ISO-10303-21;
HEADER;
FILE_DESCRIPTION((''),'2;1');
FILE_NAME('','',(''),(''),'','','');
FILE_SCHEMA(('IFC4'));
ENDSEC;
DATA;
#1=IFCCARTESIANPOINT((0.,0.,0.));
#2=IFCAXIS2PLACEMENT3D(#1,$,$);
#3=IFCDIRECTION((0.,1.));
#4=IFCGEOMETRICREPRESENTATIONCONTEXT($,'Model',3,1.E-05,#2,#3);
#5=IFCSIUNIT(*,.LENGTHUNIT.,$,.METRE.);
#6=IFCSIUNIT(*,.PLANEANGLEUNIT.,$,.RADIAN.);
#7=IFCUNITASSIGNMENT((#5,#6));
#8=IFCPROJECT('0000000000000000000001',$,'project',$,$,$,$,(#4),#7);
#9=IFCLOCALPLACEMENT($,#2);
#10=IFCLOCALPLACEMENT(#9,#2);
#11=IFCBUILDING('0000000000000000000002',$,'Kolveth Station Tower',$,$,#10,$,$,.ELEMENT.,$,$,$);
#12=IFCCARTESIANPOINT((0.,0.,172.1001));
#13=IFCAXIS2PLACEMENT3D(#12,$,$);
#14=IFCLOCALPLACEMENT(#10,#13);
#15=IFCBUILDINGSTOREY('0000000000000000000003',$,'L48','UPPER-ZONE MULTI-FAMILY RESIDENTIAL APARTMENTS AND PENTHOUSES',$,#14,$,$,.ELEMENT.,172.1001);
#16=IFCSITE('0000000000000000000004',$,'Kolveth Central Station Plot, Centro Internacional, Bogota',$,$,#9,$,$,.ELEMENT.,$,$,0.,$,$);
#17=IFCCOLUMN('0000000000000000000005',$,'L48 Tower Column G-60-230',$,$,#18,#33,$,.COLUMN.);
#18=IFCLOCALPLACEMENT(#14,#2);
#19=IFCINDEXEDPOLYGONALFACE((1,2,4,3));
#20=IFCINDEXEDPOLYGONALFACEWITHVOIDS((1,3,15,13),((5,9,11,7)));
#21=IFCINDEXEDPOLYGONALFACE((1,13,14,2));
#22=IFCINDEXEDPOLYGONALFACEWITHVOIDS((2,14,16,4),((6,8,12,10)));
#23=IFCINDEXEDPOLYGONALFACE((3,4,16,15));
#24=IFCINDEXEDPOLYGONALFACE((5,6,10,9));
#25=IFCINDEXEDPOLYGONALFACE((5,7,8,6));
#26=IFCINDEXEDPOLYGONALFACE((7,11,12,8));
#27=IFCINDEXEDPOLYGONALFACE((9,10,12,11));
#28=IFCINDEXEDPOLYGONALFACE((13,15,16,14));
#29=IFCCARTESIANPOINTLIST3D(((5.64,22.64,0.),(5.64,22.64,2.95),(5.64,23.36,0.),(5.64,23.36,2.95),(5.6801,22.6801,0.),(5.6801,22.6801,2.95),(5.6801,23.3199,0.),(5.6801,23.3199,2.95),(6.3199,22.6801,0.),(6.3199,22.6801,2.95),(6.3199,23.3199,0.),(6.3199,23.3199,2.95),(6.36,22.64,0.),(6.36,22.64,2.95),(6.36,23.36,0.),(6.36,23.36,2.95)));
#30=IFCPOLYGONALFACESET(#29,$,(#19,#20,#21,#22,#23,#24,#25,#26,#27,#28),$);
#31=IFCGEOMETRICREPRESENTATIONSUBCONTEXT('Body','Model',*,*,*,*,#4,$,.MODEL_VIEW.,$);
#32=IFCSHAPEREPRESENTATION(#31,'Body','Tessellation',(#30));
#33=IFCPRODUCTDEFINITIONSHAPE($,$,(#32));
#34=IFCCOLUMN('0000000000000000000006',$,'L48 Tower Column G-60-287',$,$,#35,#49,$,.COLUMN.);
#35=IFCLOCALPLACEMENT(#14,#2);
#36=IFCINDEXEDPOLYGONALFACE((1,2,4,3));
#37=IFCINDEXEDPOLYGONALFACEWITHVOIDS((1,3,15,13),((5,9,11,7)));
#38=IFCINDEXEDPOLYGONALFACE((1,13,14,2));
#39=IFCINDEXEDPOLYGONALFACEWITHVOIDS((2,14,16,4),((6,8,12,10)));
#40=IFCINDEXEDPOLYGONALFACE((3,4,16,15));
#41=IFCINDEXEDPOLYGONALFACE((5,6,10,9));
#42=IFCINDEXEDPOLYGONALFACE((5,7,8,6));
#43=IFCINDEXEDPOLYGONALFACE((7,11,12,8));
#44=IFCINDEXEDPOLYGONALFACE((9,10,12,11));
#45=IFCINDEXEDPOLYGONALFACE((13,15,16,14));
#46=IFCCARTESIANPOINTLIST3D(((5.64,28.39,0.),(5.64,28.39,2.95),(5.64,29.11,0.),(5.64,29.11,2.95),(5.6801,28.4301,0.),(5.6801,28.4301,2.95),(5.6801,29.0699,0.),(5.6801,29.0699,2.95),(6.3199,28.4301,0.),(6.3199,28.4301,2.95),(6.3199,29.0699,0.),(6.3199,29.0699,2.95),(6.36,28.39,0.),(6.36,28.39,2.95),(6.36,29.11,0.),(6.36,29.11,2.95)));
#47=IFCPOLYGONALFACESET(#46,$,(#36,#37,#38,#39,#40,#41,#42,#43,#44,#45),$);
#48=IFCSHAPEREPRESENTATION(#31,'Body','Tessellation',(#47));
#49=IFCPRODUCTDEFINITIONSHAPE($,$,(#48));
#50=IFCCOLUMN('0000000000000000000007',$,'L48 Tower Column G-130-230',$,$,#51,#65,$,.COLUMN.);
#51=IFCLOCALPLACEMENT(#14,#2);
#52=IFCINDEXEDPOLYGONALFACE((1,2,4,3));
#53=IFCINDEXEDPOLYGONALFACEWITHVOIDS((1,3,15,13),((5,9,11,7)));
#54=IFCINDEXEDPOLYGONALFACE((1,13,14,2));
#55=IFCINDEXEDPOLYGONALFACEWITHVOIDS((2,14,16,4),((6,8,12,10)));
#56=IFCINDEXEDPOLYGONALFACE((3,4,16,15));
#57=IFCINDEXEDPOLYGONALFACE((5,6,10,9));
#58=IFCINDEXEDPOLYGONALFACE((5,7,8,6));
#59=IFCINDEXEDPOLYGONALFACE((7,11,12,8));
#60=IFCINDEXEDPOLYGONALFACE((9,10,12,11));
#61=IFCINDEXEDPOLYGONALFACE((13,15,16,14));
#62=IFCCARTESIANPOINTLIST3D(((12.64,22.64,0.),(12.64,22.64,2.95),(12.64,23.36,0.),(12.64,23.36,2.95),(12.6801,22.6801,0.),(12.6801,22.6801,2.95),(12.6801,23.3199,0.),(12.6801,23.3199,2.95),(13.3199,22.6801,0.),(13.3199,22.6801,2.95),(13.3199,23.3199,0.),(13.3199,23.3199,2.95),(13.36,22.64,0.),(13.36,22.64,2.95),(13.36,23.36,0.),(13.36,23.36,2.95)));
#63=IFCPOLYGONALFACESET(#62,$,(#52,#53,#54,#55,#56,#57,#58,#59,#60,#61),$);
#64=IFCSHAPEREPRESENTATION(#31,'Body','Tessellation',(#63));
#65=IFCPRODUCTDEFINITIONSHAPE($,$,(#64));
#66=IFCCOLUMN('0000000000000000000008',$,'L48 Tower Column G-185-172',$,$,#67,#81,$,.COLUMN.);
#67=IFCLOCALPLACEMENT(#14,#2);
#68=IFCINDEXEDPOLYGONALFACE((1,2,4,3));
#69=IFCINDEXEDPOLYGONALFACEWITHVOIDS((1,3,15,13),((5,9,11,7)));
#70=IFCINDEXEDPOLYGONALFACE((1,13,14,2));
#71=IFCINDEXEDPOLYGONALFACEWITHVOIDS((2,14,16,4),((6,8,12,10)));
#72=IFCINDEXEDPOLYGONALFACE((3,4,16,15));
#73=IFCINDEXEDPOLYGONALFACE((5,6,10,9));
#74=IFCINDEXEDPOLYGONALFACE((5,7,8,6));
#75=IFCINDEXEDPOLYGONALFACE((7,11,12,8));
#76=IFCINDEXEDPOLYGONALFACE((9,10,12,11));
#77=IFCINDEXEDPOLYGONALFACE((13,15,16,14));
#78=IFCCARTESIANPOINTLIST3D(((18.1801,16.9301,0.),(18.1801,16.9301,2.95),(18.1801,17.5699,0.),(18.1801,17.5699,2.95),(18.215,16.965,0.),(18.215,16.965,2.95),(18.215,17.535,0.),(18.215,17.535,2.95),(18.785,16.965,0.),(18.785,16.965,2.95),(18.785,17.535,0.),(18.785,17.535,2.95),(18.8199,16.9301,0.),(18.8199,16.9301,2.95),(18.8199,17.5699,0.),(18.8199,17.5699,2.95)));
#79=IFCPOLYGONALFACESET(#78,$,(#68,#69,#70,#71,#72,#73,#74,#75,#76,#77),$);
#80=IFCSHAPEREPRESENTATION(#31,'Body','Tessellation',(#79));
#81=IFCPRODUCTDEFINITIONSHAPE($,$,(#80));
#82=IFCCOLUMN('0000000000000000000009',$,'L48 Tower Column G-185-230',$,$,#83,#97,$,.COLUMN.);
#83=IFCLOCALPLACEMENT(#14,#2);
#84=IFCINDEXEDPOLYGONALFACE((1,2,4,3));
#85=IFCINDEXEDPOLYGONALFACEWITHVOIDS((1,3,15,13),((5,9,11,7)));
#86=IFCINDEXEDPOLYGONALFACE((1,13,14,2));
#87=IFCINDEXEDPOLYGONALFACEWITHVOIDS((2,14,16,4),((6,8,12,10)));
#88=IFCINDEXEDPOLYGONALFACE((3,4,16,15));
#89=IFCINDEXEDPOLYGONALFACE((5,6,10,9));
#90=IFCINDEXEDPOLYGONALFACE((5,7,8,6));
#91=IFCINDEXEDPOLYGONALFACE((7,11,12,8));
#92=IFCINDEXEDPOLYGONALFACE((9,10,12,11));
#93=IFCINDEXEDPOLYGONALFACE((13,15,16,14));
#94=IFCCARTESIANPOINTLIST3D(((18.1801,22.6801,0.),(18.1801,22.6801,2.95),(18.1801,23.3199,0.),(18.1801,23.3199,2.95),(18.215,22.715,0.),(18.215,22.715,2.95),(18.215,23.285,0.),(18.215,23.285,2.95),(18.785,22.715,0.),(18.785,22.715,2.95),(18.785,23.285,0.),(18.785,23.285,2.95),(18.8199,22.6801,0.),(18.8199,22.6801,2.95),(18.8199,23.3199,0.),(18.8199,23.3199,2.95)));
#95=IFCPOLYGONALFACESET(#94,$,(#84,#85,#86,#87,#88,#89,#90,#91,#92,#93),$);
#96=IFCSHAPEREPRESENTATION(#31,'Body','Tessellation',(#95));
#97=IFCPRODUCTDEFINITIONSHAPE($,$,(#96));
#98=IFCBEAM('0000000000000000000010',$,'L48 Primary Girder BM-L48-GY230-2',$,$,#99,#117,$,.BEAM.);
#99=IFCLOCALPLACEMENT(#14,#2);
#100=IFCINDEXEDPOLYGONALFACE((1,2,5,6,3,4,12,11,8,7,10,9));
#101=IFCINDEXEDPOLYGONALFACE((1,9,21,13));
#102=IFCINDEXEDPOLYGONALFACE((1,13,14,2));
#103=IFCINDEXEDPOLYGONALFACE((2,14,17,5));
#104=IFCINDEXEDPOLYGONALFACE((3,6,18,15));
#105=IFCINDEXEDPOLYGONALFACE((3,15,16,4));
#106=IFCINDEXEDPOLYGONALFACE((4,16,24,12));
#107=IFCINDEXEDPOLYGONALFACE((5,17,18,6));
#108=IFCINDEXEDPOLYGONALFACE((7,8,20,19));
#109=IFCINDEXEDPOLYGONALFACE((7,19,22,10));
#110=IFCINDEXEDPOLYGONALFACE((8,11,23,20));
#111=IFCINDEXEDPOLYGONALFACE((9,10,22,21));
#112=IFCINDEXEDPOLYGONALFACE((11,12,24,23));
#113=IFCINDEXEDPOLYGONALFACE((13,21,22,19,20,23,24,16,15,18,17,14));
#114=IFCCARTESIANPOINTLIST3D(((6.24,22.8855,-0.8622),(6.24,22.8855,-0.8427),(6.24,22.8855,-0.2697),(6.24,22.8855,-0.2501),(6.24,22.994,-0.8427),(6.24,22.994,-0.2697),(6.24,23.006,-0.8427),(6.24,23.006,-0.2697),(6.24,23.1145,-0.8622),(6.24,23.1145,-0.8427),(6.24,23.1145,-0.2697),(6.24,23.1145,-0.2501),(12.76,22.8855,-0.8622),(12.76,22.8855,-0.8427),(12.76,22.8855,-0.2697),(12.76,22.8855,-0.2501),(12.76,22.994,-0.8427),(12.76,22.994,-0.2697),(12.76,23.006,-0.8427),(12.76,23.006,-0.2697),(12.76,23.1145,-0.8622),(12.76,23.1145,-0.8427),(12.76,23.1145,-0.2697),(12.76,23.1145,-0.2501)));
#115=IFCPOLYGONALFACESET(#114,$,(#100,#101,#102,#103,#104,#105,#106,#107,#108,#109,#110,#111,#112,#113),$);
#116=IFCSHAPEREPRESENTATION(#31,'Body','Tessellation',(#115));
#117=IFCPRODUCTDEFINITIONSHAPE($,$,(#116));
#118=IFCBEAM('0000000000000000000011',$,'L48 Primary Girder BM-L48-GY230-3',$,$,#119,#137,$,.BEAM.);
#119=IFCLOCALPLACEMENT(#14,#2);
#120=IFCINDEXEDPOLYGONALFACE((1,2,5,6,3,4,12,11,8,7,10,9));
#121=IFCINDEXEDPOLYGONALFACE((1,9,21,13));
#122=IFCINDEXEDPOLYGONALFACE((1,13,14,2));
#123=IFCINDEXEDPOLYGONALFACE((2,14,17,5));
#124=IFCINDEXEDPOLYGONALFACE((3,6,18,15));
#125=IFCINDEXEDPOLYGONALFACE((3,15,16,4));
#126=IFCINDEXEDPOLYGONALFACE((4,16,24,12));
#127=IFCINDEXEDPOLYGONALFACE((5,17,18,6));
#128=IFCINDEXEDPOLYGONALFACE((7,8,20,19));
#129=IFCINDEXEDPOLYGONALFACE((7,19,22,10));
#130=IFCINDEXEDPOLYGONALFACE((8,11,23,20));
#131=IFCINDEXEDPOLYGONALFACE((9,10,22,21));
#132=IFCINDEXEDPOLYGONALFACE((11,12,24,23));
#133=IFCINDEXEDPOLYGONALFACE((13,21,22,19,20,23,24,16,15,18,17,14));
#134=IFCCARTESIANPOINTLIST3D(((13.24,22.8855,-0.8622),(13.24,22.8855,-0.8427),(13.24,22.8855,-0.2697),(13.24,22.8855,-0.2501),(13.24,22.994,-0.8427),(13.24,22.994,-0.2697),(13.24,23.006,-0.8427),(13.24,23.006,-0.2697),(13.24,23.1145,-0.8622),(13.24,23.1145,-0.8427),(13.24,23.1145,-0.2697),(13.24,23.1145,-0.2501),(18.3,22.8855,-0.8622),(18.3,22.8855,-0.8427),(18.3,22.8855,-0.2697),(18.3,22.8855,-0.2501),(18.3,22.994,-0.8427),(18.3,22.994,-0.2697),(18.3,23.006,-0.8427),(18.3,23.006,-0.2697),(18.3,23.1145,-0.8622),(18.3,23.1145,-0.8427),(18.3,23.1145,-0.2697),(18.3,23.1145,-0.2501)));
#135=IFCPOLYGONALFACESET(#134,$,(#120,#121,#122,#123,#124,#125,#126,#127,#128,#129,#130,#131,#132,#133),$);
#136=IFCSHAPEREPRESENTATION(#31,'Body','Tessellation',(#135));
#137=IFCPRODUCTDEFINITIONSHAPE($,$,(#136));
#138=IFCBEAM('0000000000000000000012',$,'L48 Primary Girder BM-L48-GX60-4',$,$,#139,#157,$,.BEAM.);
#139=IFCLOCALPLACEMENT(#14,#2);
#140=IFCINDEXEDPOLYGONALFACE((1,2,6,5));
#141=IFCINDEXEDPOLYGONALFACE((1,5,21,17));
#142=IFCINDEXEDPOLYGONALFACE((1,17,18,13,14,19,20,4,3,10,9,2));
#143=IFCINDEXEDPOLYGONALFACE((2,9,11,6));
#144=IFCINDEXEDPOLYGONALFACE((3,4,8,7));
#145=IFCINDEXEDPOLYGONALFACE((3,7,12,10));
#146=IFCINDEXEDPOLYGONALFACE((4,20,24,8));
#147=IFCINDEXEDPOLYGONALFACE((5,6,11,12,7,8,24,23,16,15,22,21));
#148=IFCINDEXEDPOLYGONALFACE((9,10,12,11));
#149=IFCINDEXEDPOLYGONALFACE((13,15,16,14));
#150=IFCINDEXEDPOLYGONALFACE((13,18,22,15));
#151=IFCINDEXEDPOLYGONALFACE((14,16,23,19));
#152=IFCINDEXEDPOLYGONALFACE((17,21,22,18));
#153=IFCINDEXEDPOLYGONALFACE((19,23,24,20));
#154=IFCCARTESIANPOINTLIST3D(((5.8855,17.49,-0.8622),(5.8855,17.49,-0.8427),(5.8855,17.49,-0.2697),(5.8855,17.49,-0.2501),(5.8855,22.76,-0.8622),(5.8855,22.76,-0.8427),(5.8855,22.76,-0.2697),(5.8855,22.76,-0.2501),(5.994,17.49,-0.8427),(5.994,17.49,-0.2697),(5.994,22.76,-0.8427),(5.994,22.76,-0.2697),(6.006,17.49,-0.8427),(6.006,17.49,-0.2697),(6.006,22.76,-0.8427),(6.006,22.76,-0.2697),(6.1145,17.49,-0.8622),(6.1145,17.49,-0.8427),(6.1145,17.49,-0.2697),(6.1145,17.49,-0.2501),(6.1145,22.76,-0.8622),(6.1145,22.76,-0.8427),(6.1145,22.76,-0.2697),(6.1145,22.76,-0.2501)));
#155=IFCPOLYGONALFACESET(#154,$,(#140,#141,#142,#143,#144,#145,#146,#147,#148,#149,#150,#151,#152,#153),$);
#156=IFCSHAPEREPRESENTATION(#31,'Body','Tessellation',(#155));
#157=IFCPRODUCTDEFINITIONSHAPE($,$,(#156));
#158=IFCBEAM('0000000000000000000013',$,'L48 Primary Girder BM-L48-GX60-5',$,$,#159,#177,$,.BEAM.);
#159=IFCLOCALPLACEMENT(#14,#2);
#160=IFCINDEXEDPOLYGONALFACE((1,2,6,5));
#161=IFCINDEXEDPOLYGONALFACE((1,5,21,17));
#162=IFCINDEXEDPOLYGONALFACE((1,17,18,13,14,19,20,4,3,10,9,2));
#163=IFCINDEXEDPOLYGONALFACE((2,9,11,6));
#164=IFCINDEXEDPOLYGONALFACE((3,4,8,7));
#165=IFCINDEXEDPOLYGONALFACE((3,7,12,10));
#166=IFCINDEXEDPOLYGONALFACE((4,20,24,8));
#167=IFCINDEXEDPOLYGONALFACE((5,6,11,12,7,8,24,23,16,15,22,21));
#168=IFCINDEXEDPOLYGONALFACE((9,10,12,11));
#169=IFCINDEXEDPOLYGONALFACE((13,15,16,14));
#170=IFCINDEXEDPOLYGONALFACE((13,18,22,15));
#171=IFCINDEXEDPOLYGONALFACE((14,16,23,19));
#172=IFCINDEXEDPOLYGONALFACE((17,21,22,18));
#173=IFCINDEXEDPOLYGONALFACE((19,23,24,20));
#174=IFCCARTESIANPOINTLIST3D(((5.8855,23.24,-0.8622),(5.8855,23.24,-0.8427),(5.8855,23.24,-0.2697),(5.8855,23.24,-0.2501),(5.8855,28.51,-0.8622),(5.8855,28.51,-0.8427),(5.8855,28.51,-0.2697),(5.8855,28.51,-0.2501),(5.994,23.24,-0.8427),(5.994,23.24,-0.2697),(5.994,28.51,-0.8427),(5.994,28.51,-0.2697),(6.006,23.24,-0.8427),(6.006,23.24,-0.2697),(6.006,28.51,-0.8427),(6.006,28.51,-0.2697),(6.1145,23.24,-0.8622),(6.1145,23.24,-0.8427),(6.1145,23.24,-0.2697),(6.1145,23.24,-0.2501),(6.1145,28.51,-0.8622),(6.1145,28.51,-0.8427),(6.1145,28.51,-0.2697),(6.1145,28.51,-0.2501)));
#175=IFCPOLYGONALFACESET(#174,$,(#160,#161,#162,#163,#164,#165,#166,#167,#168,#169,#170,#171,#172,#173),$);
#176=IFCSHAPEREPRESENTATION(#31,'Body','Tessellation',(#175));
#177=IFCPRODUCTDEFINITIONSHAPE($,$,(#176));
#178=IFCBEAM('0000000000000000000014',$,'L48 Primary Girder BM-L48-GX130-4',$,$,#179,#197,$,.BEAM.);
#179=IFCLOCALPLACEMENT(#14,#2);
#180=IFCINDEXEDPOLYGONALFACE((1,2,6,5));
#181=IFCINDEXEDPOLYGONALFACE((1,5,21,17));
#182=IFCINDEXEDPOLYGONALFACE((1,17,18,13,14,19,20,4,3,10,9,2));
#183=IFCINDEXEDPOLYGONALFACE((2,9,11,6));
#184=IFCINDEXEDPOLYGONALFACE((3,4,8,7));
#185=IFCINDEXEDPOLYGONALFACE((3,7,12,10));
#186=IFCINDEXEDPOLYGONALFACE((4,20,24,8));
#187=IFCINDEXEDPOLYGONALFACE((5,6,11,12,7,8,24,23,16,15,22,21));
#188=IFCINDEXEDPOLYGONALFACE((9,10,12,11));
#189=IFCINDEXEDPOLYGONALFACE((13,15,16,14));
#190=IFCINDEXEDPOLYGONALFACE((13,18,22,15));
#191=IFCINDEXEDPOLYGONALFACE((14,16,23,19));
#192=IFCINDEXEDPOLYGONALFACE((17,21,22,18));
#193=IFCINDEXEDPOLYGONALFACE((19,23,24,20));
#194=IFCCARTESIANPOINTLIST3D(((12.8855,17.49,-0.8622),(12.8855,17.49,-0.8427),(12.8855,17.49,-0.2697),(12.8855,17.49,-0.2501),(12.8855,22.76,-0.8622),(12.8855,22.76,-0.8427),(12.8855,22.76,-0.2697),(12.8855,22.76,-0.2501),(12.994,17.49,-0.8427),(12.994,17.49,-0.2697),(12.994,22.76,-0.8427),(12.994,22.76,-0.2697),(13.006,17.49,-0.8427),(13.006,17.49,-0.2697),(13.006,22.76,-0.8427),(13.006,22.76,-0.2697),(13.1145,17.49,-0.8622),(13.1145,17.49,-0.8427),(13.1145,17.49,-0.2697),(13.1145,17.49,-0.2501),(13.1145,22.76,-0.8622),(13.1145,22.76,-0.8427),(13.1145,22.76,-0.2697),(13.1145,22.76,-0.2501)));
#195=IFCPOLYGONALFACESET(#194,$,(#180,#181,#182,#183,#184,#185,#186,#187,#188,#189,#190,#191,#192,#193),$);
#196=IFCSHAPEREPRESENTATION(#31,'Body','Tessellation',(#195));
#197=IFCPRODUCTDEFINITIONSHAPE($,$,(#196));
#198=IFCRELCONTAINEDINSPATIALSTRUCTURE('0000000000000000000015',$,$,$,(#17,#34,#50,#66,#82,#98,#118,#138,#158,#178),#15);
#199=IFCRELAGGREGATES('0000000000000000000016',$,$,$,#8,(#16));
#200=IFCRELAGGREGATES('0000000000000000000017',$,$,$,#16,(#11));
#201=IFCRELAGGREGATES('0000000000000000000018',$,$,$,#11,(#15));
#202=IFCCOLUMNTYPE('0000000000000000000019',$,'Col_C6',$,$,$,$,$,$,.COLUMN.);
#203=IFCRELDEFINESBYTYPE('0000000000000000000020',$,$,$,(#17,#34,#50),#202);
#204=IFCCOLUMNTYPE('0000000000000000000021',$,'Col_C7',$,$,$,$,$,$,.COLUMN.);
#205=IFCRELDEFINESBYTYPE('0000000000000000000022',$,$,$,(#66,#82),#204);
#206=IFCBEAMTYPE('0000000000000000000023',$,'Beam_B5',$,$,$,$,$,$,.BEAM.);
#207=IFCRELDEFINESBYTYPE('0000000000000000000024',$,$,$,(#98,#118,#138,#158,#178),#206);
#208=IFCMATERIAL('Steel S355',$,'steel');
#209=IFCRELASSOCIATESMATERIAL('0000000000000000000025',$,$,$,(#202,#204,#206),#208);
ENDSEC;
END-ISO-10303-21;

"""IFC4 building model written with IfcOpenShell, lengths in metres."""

from ifc_helpers import new_model, si_unit, direction, frame, origin, origin_2d, place, context, subcontext, project, spatial, hollow_rectangle, i_section, extrude, source, transform, mapped, material, material_profile, profile_set, type_object, element, save


model = new_model("IFC4")

# Units and contexts
model_context = context("Model", 3, precision=1e-05, world=origin(), true_north=direction((0.0, 1.0)))
body_context = subcontext(model_context, "Body", "Model", "MODEL_VIEW")
ifc_project = project(units=[si_unit("LENGTHUNIT", "METRE"), si_unit("PLANEANGLEUNIT", "RADIAN")], contexts=[model_context])

# Site, building, storey
site_placement = place(None, origin())
site = spatial("IfcSite", under=ifc_project, at=site_placement, Name="Kolveth Central Station Plot, Centro Internacional, Bogota", CompositionType="ELEMENT", RefElevation=0.0)
building_placement = place(site_placement, origin())
building = spatial("IfcBuilding", under=site, at=building_placement, Name="Kolveth Station Tower", CompositionType="ELEMENT")
storey_placement = place(building_placement, frame((0.0, 0.0, 172.1001)))
storey = spatial("IfcBuildingStorey", under=building, at=storey_placement, Name="L48", Description="UPPER-ZONE MULTI-FAMILY RESIDENTIAL APARTMENTS AND PENTHOUSES", CompositionType="ELEMENT", Elevation=172.1001)

# Columns
ifc_material_1 = material(Name="Steel S355", Category="steel")
ifc_material_profile_1 = material_profile(ifc_material_1, hollow_rectangle(XDim=0.72, YDim=0.72, WallThickness=0.04, at=origin_2d()), Name="BOX720x720x40")
ifc_profile_set_1 = profile_set([ifc_material_profile_1], Name="Steel S355")
column_type_1 = type_object("IfcColumnType", Name="Col_C6", PredefinedType="COLUMN", material=ifc_profile_set_1)
shared_shape_1 = source(origin(), body_context, "Body", "SweptSolid", [
    extrude(hollow_rectangle(XDim=0.72, YDim=0.72, WallThickness=0.04, at=origin_2d()), origin(), (0.0, 0.0, 1.0), 2.95),
])
for number, where, z_axis, x_axis, name in (
    (1, (6.0, 23.0, 0.0), (0.0, 0.0, 1.0), (1.0, 0.0, 0.0), "L48 Tower Column G-60-230"),
    (2, (6.0, 28.75, 0.0), (0.0, 0.0, 1.0), (1.0, 0.0, 0.0), "L48 Tower Column G-60-287"),
    (3, (13.0, 23.0, 0.0), (0.0, 0.0, 1.0), (1.0, 0.0, 0.0), "L48 Tower Column G-130-230"),
):
    element("IfcColumn", number, at=place(storey_placement, frame(where, z_axis=z_axis, x_axis=x_axis)), inside=storey, type_object=column_type_1, Name=name, PredefinedType="COLUMN", context=body_context, shape_type="MappedRepresentation", body=[
        mapped(shared_shape_1, transform((0.0, 0.0, 0.0), x_axis=(1.0, 0.0, 0.0), y_axis=(0.0, 1.0, 0.0), z_axis=(0.0, 0.0, 1.0), scale=1.0)),
    ])
ifc_material_profile_2 = material_profile(ifc_material_1, hollow_rectangle(XDim=0.6399, YDim=0.6399, WallThickness=0.0349, at=origin_2d()), Name="BOX640x640x35")
ifc_profile_set_2 = profile_set([ifc_material_profile_2], Name="Steel S355")
column_type_2 = type_object("IfcColumnType", Name="Col_C7", PredefinedType="COLUMN", material=ifc_profile_set_2)
shared_shape_2 = source(origin(), body_context, "Body", "SweptSolid", [
    extrude(hollow_rectangle(XDim=0.6399, YDim=0.6399, WallThickness=0.0349, at=origin_2d()), origin(), (0.0, 0.0, 1.0), 2.95),
])
for number, where, z_axis, x_axis, name in (
    (4, (18.5, 17.25, 0.0), (0.0, 0.0, 1.0), (1.0, 0.0, 0.0), "L48 Tower Column G-185-172"),
    (5, (18.5, 23.0, 0.0), (0.0, 0.0, 1.0), (1.0, 0.0, 0.0), "L48 Tower Column G-185-230"),
):
    element("IfcColumn", number, at=place(storey_placement, frame(where, z_axis=z_axis, x_axis=x_axis)), inside=storey, type_object=column_type_2, Name=name, PredefinedType="COLUMN", context=body_context, shape_type="MappedRepresentation", body=[
        mapped(shared_shape_2, transform((0.0, 0.0, 0.0), x_axis=(1.0, 0.0, 0.0), y_axis=(0.0, 1.0, 0.0), z_axis=(0.0, 0.0, 1.0), scale=1.0)),
    ])

# Beams
ifc_material_profile_3 = material_profile(ifc_material_1, i_section(OverallWidth=0.229, OverallDepth=0.6121, WebThickness=0.012, FlangeThickness=0.0195, at=origin_2d()), Name="W610x125")
ifc_profile_set_3 = profile_set([ifc_material_profile_3], Name="Steel S355")
beam_type_1 = type_object("IfcBeamType", Name="Beam_B5", PredefinedType="BEAM", material=ifc_profile_set_3)
shared_shape_3 = source(origin(), body_context, "Body", "SweptSolid", [
    extrude(i_section(OverallWidth=0.229, OverallDepth=0.6121, WebThickness=0.012, FlangeThickness=0.0195, at=origin_2d()), origin(), (0.0, 0.0, 1.0), 6.52),
])
beam_1_placement = place(storey_placement, frame((6.24, 23.0, -0.5562), z_axis=(1.0, 0.0, 0.0), x_axis=(0.0, 1.0, 0.0)))
element("IfcBeam", 6, at=beam_1_placement, inside=storey, type_object=beam_type_1, Name="L48 Primary Girder BM-L48-GY230-2", PredefinedType="BEAM", context=body_context, shape_type="MappedRepresentation", body=[
    mapped(shared_shape_3, transform((0.0, 0.0, 0.0), x_axis=(1.0, 0.0, 0.0), y_axis=(0.0, 1.0, 0.0), z_axis=(0.0, 0.0, 1.0), scale=1.0)),
])
shared_shape_4 = source(origin(), body_context, "Body", "SweptSolid", [
    extrude(i_section(OverallWidth=0.229, OverallDepth=0.6121, WebThickness=0.012, FlangeThickness=0.0195, at=origin_2d()), origin(), (0.0, 0.0, 1.0), 5.0601),
])
beam_2_placement = place(storey_placement, frame((13.24, 23.0, -0.5562), z_axis=(1.0, 0.0, 0.0), x_axis=(0.0, 1.0, 0.0)))
element("IfcBeam", 7, at=beam_2_placement, inside=storey, type_object=beam_type_1, Name="L48 Primary Girder BM-L48-GY230-3", PredefinedType="BEAM", context=body_context, shape_type="MappedRepresentation", body=[
    mapped(shared_shape_4, transform((0.0, 0.0, 0.0), x_axis=(1.0, 0.0, 0.0), y_axis=(0.0, 1.0, 0.0), z_axis=(0.0, 0.0, 1.0), scale=1.0)),
])
shared_shape_5 = source(origin(), body_context, "Body", "SweptSolid", [
    extrude(i_section(OverallWidth=0.229, OverallDepth=0.6121, WebThickness=0.012, FlangeThickness=0.0195, at=origin_2d()), origin(), (0.0, 0.0, 1.0), 5.27),
])
for number, where, z_axis, x_axis, name in (
    (8, (6.0, 17.49, -0.5562), (0.0, 1.0, 0.0), (-1.0, 0.0, 0.0), "L48 Primary Girder BM-L48-GX60-4"),
    (9, (6.0, 23.24, -0.5562), (0.0, 1.0, 0.0), (-1.0, 0.0, 0.0), "L48 Primary Girder BM-L48-GX60-5"),
    (10, (13.0, 17.49, -0.5562), (0.0, 1.0, 0.0), (-1.0, 0.0, 0.0), "L48 Primary Girder BM-L48-GX130-4"),
):
    element("IfcBeam", number, at=place(storey_placement, frame(where, z_axis=z_axis, x_axis=x_axis)), inside=storey, type_object=beam_type_1, Name=name, PredefinedType="BEAM", context=body_context, shape_type="MappedRepresentation", body=[
        mapped(shared_shape_5, transform((0.0, 0.0, 0.0), x_axis=(1.0, 0.0, 0.0), y_axis=(0.0, 1.0, 0.0), z_axis=(0.0, 0.0, 1.0), scale=1.0)),
    ])

save(model, "model.ifc")
